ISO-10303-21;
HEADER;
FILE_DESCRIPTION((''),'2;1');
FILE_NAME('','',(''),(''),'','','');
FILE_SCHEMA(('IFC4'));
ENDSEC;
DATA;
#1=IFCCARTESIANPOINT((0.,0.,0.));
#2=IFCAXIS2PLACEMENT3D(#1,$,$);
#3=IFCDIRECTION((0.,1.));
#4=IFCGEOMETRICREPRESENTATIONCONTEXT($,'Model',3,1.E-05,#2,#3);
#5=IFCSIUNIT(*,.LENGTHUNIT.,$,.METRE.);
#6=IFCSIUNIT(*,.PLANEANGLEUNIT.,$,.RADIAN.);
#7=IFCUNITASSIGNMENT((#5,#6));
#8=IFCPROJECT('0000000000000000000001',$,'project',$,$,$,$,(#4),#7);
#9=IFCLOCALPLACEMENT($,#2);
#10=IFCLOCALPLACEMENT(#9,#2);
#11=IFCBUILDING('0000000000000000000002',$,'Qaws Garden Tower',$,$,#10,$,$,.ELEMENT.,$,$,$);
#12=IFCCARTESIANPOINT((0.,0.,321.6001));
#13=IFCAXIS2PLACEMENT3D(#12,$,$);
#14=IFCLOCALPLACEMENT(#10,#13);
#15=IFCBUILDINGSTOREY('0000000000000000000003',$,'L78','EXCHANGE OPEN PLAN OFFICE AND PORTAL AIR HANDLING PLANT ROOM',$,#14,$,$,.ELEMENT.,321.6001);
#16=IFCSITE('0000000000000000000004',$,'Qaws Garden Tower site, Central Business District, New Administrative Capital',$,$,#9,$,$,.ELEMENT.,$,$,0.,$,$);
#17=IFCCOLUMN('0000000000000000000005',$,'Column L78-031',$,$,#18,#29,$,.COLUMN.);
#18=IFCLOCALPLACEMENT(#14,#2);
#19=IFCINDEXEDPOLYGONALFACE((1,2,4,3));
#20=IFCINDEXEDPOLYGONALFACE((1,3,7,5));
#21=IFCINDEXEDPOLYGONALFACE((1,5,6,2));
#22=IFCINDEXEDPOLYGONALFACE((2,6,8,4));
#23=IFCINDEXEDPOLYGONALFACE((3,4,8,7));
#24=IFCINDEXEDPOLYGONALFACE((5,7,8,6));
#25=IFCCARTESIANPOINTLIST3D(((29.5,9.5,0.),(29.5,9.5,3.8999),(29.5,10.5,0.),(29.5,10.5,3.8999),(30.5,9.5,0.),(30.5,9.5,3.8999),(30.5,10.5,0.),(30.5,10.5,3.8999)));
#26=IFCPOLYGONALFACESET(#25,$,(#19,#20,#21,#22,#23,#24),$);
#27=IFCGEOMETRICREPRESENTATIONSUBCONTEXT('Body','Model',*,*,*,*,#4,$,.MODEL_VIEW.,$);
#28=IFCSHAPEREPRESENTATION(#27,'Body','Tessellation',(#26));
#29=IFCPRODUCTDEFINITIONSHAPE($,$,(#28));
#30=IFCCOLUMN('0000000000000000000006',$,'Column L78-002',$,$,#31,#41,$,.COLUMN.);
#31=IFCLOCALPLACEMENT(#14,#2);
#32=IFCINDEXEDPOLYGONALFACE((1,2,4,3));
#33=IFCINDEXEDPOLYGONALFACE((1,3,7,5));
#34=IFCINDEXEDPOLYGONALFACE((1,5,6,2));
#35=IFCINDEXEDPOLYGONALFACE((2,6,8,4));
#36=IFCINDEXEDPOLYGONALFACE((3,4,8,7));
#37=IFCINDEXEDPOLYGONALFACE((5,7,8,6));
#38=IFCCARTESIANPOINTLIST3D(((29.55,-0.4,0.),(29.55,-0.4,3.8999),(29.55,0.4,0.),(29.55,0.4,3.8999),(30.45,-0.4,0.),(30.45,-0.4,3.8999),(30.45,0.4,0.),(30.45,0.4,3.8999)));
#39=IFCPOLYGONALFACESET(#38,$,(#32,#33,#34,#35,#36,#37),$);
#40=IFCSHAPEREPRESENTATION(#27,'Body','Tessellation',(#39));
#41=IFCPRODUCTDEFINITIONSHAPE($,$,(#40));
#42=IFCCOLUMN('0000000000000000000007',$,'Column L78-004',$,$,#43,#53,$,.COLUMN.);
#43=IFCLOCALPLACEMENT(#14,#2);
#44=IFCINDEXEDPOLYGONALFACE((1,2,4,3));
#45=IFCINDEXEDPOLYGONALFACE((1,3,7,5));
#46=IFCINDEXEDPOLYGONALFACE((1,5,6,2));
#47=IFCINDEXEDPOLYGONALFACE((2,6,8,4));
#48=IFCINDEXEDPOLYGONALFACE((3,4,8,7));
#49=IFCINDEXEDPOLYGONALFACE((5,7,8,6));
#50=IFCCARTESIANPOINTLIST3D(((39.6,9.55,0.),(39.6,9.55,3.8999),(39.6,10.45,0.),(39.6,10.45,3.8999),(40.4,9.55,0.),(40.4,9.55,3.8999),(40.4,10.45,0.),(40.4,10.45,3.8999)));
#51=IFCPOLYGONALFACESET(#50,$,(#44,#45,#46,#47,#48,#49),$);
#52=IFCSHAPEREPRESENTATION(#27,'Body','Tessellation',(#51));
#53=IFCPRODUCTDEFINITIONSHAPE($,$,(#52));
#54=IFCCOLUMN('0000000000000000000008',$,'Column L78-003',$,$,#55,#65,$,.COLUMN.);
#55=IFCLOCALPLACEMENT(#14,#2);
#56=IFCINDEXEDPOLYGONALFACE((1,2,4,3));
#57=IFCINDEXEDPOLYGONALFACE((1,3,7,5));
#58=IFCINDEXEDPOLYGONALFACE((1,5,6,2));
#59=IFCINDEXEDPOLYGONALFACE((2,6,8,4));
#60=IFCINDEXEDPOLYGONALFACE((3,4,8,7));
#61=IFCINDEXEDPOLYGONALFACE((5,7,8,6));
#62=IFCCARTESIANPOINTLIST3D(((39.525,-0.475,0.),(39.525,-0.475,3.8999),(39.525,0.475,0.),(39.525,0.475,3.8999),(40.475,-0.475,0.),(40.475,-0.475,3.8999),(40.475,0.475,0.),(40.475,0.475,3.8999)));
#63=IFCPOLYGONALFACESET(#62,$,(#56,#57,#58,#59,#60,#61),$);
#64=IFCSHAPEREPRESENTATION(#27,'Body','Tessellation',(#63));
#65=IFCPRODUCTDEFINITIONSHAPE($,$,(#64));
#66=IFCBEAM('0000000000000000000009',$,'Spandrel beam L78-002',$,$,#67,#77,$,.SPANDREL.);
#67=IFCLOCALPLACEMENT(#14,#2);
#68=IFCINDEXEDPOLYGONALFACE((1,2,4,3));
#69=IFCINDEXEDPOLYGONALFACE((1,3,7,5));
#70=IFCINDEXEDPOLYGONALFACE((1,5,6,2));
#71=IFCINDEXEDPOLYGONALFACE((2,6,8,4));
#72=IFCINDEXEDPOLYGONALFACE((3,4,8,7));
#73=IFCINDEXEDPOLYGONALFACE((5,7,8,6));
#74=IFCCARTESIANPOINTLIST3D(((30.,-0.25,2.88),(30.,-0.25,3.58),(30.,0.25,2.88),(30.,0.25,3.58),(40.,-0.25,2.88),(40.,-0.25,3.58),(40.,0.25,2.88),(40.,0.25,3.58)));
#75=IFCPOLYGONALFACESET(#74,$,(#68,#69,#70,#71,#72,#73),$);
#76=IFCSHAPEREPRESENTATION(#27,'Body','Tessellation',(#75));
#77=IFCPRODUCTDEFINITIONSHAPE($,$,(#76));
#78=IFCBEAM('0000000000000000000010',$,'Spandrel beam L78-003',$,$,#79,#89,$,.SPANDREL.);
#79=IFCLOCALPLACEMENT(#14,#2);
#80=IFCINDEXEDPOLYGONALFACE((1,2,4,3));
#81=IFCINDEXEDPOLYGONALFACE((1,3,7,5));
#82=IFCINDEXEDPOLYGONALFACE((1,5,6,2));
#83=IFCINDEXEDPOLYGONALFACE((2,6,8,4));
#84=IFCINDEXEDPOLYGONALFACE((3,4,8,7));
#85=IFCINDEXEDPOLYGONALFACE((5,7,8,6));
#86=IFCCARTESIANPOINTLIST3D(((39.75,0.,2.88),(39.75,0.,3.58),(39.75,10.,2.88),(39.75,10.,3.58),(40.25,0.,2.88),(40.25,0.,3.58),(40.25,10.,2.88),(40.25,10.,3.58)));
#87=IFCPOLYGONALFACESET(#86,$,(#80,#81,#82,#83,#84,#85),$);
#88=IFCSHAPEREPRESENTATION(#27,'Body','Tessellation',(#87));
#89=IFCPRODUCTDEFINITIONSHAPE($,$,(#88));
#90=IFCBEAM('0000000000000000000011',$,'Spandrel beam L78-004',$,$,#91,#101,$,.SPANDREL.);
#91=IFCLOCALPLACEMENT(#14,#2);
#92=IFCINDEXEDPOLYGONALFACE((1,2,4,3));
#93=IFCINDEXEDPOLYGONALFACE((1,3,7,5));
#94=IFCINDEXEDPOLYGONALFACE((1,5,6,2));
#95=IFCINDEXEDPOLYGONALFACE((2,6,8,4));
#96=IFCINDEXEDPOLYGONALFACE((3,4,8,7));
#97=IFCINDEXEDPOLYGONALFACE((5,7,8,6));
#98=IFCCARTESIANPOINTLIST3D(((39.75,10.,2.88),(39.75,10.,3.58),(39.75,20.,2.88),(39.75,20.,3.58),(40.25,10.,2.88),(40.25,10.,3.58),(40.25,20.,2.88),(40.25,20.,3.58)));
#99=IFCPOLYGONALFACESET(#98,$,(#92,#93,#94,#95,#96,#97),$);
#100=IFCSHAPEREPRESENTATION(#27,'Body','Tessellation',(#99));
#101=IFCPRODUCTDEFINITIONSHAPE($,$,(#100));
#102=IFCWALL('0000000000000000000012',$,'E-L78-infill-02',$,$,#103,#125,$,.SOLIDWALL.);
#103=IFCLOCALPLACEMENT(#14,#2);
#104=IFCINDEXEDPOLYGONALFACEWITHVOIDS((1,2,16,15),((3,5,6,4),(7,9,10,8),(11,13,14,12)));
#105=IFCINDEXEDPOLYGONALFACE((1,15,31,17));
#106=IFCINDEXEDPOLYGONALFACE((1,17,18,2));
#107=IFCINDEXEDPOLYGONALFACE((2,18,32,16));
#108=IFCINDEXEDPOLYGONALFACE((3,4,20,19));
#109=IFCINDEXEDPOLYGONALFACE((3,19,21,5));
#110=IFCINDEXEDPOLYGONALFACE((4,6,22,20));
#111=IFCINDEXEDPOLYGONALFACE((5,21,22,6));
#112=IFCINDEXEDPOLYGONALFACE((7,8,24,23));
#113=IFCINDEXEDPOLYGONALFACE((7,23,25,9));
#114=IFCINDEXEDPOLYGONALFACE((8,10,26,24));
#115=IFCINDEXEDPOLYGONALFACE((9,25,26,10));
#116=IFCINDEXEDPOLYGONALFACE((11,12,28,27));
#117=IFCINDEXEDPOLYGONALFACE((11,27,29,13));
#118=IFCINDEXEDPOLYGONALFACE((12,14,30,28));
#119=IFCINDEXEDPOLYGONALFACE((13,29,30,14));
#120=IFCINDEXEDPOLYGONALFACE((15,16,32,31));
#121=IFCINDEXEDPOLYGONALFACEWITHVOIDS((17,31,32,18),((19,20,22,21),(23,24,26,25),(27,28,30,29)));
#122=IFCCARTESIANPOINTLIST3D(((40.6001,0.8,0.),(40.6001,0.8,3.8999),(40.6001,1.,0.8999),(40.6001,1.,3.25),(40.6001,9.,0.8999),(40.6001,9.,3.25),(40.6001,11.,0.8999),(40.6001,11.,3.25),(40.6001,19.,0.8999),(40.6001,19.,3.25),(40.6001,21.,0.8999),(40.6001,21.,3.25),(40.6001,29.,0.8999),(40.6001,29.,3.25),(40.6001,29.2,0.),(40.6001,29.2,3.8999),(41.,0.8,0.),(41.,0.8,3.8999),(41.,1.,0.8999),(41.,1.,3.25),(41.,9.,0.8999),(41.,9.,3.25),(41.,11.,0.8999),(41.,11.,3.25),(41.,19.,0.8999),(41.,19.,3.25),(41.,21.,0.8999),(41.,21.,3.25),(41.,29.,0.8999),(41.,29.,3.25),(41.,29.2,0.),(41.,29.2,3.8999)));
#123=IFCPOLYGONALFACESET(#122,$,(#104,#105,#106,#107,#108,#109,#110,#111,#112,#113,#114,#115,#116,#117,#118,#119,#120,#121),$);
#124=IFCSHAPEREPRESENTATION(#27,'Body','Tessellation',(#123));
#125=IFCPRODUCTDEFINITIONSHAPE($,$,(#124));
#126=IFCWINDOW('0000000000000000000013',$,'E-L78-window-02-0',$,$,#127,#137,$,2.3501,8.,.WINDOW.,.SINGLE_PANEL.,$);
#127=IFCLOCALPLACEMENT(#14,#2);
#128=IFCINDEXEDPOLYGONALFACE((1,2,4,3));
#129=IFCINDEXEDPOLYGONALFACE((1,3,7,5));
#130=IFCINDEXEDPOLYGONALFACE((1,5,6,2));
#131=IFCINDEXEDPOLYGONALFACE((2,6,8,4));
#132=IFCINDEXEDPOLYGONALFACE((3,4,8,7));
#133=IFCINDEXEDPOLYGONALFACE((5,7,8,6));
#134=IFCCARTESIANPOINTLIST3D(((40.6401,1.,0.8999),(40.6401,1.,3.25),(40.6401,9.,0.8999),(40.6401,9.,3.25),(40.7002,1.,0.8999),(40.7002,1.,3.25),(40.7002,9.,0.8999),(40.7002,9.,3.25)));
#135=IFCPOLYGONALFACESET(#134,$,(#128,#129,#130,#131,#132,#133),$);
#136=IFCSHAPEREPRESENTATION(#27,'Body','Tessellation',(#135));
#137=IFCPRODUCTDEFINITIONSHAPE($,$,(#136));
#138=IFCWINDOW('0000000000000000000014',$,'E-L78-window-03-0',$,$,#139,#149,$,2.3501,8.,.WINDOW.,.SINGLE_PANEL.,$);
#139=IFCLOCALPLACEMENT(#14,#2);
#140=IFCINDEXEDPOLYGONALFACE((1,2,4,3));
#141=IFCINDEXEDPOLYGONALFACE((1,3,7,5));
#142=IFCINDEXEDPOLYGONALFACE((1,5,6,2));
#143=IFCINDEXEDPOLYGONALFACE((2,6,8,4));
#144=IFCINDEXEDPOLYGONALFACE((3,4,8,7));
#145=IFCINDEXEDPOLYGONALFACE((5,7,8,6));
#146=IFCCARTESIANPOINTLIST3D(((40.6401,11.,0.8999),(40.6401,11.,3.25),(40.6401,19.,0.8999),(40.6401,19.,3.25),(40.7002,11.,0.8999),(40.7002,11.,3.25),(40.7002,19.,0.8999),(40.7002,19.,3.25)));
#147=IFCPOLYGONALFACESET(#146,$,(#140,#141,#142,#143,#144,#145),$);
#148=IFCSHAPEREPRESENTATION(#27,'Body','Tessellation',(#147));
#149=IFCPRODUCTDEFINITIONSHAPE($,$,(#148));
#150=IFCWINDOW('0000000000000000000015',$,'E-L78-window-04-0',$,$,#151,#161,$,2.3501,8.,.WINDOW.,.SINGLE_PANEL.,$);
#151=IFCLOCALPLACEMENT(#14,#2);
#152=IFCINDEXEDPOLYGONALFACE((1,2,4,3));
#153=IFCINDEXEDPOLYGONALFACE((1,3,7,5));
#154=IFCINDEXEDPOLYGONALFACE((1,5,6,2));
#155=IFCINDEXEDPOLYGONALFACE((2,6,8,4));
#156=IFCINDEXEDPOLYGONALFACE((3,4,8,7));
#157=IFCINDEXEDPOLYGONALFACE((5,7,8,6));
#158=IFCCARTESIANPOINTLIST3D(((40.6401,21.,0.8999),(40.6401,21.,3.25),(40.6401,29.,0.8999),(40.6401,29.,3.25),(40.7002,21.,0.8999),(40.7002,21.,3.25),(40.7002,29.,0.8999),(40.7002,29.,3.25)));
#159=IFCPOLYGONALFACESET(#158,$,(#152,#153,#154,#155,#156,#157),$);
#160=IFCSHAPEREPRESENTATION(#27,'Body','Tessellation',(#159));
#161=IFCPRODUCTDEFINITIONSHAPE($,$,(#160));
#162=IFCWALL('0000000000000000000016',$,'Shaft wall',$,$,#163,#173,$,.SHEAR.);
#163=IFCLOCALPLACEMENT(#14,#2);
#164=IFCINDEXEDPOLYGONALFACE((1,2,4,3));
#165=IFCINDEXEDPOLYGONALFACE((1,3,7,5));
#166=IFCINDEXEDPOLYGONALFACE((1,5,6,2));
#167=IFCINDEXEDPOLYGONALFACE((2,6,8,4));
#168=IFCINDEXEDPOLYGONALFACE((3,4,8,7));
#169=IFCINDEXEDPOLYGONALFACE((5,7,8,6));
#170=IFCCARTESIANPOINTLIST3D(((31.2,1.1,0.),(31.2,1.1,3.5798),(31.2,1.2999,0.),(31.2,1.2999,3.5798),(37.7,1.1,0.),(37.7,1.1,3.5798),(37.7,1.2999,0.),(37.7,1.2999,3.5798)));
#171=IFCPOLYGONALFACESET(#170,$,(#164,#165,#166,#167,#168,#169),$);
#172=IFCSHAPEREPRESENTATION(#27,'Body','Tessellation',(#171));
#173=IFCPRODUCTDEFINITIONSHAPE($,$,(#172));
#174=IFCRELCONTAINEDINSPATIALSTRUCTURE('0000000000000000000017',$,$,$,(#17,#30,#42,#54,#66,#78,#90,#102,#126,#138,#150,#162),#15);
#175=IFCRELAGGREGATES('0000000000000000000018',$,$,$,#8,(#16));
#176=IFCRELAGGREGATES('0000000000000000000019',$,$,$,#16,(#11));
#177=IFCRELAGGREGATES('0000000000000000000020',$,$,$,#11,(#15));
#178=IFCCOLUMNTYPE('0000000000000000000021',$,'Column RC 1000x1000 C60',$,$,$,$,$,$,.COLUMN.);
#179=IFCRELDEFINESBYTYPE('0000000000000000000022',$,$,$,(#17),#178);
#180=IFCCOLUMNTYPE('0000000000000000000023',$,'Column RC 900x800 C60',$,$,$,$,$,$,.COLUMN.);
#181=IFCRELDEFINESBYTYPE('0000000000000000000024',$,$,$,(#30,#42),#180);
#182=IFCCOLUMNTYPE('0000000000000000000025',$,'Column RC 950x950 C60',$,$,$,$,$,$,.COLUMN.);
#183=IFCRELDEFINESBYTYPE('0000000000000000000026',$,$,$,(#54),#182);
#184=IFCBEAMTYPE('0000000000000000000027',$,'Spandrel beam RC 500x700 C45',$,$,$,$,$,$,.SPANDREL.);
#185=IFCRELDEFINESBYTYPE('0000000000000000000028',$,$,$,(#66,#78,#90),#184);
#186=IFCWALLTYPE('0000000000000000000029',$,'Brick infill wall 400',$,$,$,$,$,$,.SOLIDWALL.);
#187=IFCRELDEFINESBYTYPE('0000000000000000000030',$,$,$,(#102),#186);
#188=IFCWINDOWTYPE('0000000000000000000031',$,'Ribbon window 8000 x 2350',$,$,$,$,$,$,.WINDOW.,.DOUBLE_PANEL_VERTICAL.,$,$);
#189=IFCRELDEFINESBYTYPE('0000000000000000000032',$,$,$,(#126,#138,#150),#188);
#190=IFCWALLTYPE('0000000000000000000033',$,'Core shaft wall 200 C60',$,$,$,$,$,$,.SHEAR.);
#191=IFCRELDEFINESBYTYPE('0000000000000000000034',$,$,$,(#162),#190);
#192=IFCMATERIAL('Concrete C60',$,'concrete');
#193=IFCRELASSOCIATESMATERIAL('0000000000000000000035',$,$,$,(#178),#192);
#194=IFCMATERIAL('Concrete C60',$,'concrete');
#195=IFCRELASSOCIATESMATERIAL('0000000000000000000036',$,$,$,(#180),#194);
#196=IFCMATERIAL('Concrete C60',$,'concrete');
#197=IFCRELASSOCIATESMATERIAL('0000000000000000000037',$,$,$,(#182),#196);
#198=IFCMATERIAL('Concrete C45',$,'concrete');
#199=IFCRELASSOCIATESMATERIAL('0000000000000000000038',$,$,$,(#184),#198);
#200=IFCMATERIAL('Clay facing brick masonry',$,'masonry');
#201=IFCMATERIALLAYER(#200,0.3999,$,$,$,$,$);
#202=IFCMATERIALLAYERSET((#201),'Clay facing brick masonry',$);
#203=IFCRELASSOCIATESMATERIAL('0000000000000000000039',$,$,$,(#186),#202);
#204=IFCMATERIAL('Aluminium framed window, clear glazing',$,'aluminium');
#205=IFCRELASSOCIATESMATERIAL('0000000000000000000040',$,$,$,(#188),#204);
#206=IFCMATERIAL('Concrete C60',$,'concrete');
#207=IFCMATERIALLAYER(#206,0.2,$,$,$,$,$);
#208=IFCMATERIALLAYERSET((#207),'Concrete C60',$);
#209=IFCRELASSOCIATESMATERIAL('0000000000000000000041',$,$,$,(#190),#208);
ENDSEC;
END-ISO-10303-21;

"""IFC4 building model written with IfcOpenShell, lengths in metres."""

from ifc_helpers import new_model, si_unit, direction, frame, frame_2d, origin, origin_2d, place, context, subcontext, project, spatial, rectangle, extrude, material, layer, layer_set, material_profile, profile_set, type_object, element, fill, save


model = new_model("IFC4")

# Units and contexts
model_context = context("Model", 3, precision=1e-05, world=origin(), true_north=direction((0.0, 1.0)))
body_context = subcontext(model_context, "Body", "Model", "MODEL_VIEW")
ifc_project = project(units=[si_unit("LENGTHUNIT", "METRE"), si_unit("PLANEANGLEUNIT", "RADIAN")], contexts=[model_context])

# Site, building, storey
site_placement = place(None, origin())
site = spatial("IfcSite", under=ifc_project, at=site_placement, Name="Qaws Garden Tower site, Central Business District, New Administrative Capital", CompositionType="ELEMENT", RefElevation=0.0)
building_placement = place(site_placement, origin())
building = spatial("IfcBuilding", under=site, at=building_placement, Name="Qaws Garden Tower", CompositionType="ELEMENT")
storey_placement = place(building_placement, frame((0.0, 0.0, 321.6001)))
storey = spatial("IfcBuildingStorey", under=building, at=storey_placement, Name="L78", Description="EXCHANGE OPEN PLAN OFFICE AND PORTAL AIR HANDLING PLANT ROOM", CompositionType="ELEMENT", Elevation=321.6001)

# Columns
ifc_material_1 = material(Name="Concrete C60", Category="concrete")
ifc_material_profile_1 = material_profile(ifc_material_1, rectangle(XDim=1.0, YDim=1.0, at=origin_2d()), Name="RC 1000x1000")
ifc_profile_set_1 = profile_set([ifc_material_profile_1], Name="Concrete C60")
column_type_1 = type_object("IfcColumnType", Name="Column RC 1000x1000 C60", PredefinedType="COLUMN", material=ifc_profile_set_1)
column_1_placement = place(storey_placement, frame((30.0, 10.0, 0.0), z_axis=(0.0, 0.0, 1.0), x_axis=(1.0, 0.0, 0.0)))
element("IfcColumn", 1, at=column_1_placement, inside=storey, type_object=column_type_1, Name="Column L78-031", PredefinedType="COLUMN", context=body_context, shape_type="SweptSolid", body=[
    extrude(rectangle(XDim=1.0, YDim=1.0, at=origin_2d()), origin(), (0.0, 0.0, 1.0), 3.8999),
])
ifc_material_2 = material(Name="Concrete C60", Category="concrete")
ifc_material_profile_2 = material_profile(ifc_material_2, rectangle(XDim=0.8999, YDim=0.8, at=origin_2d()), Name="RC 900x800")
ifc_profile_set_2 = profile_set([ifc_material_profile_2], Name="Concrete C60")
column_type_2 = type_object("IfcColumnType", Name="Column RC 900x800 C60", PredefinedType="COLUMN", material=ifc_profile_set_2)
for number, where, z_axis, x_axis, name in (
    (2, (30.0, 0.0, 0.0), (0.0, 0.0, 1.0), (1.0, 0.0, 0.0), "Column L78-002"),
    (3, (40.0, 10.0, 0.0), (0.0, 0.0, 1.0), (0.0, 1.0, 0.0), "Column L78-004"),
):
    element("IfcColumn", number, at=place(storey_placement, frame(where, z_axis=z_axis, x_axis=x_axis)), inside=storey, type_object=column_type_2, Name=name, PredefinedType="COLUMN", context=body_context, shape_type="SweptSolid", body=[
        extrude(rectangle(XDim=0.8999, YDim=0.8, at=origin_2d()), origin(), (0.0, 0.0, 1.0), 3.8999),
    ])
ifc_material_3 = material(Name="Concrete C60", Category="concrete")
ifc_material_profile_3 = material_profile(ifc_material_3, rectangle(XDim=0.95, YDim=0.95, at=origin_2d()), Name="RC 950x950")
ifc_profile_set_3 = profile_set([ifc_material_profile_3], Name="Concrete C60")
column_type_3 = type_object("IfcColumnType", Name="Column RC 950x950 C60", PredefinedType="COLUMN", material=ifc_profile_set_3)
column_2_placement = place(storey_placement, frame((40.0, 0.0, 0.0), z_axis=(0.0, 0.0, 1.0), x_axis=(1.0, 0.0, 0.0)))
element("IfcColumn", 4, at=column_2_placement, inside=storey, type_object=column_type_3, Name="Column L78-003", PredefinedType="COLUMN", context=body_context, shape_type="SweptSolid", body=[
    extrude(rectangle(XDim=0.95, YDim=0.95, at=origin_2d()), origin(), (0.0, 0.0, 1.0), 3.8999),
])

# Beams
ifc_material_4 = material(Name="Concrete C45", Category="concrete")
ifc_material_profile_4 = material_profile(ifc_material_4, rectangle(XDim=0.5, YDim=0.7, at=origin_2d()), Name="RC 500x700")
ifc_profile_set_4 = profile_set([ifc_material_profile_4], Name="Concrete C45")
beam_type = type_object("IfcBeamType", Name="Spandrel beam RC 500x700 C45", PredefinedType="SPANDREL", material=ifc_profile_set_4)
for number, where, z_axis, x_axis, name in (
    (5, (30.0, 0.0, 3.23), (1.0, 0.0, 0.0), (0.0, 1.0, 0.0), "Spandrel beam L78-002"),
    (6, (40.0, 0.0, 3.23), (0.0, 1.0, 0.0), (-1.0, 0.0, 0.0), "Spandrel beam L78-003"),
    (7, (40.0, 10.0, 3.23), (0.0, 1.0, 0.0), (-1.0, 0.0, 0.0), "Spandrel beam L78-004"),
):
    element("IfcBeam", number, at=place(storey_placement, frame(where, z_axis=z_axis, x_axis=x_axis)), inside=storey, type_object=beam_type, Name=name, PredefinedType="SPANDREL", context=body_context, shape_type="SweptSolid", body=[
        extrude(rectangle(XDim=0.5, YDim=0.7, at=origin_2d()), origin(), (0.0, 0.0, 1.0), 10.0),
    ])

# Wall, openings, windows
ifc_material_5 = material(Name="Clay facing brick masonry", Category="masonry")
ifc_layer_1 = layer(ifc_material_5, 0.3999)
ifc_layer_set_1 = layer_set([ifc_layer_1], Name="Clay facing brick masonry")
wall_type_1 = type_object("IfcWallType", Name="Brick infill wall 400", PredefinedType="SOLIDWALL", material=ifc_layer_set_1)
wall_1_placement = place(storey_placement, frame((40.8, 0.8, 0.0), z_axis=(0.0, 0.0, 1.0), x_axis=(0.0, 1.0, 0.0)))
wall_1 = element("IfcWall", 8, at=wall_1_placement, inside=storey, type_object=wall_type_1, Name="E-L78-infill-02", PredefinedType="SOLIDWALL", context=body_context, shape_type="SweptSolid", body=[
    extrude(rectangle(XDim=28.3999, YDim=0.3999, at=frame_2d((14.2, 0.0))), origin(), (0.0, 0.0, 1.0), 3.8999),
])
opening_1_placement = place(wall_1_placement, frame((0.2, 0.0, 0.8999)))
opening_1 = element("IfcOpeningElement", 9, at=opening_1_placement, cuts=wall_1, PredefinedType="OPENING", context=body_context, shape_type="SweptSolid", body=[
    extrude(rectangle(XDim=8.0, YDim=2.3501, at=frame_2d((4.0, 1.175))), frame((0.0, 0.21, 0.0), z_axis=(0.0, -1.0, 0.0), x_axis=(1.0, 0.0, 0.0)), (0.0, 0.0, 1.0), 0.4199),
])
opening_2_placement = place(wall_1_placement, frame((10.2, 0.0, 0.8999)))
opening_2 = element("IfcOpeningElement", 10, at=opening_2_placement, cuts=wall_1, PredefinedType="OPENING", context=body_context, shape_type="SweptSolid", body=[
    extrude(rectangle(XDim=8.0, YDim=2.3501, at=frame_2d((4.0, 1.175))), frame((0.0, 0.21, 0.0), z_axis=(0.0, -1.0, 0.0), x_axis=(1.0, 0.0, 0.0)), (0.0, 0.0, 1.0), 0.4199),
])
opening_3_placement = place(wall_1_placement, frame((20.2, 0.0, 0.8999)))
opening_3 = element("IfcOpeningElement", 11, at=opening_3_placement, cuts=wall_1, PredefinedType="OPENING", context=body_context, shape_type="SweptSolid", body=[
    extrude(rectangle(XDim=8.0, YDim=2.3501, at=frame_2d((4.0, 1.175))), frame((0.0, 0.21, 0.0), z_axis=(0.0, -1.0, 0.0), x_axis=(1.0, 0.0, 0.0)), (0.0, 0.0, 1.0), 0.4199),
])
ifc_material_6 = material(Name="Aluminium framed window, clear glazing", Category="aluminium")
window_type = type_object("IfcWindowType", Name="Ribbon window 8000 x 2350", PartitioningType="DOUBLE_PANEL_VERTICAL", PredefinedType="WINDOW", material=ifc_material_6)
window_1_placement = place(opening_1_placement, origin())
window_1 = element("IfcWindow", 12, at=window_1_placement, inside=storey, type_object=window_type, Name="E-L78-window-02-0", OverallHeight=2.3501, OverallWidth=8.0, PartitioningType="SINGLE_PANEL", PredefinedType="WINDOW", context=body_context, shape_type="SweptSolid", body=[
    extrude(rectangle(XDim=8.0, YDim=2.3501, at=frame_2d((4.0, 1.175))), frame((0.0, 0.1599, 0.0), z_axis=(0.0, -1.0, 0.0), x_axis=(1.0, 0.0, 0.0)), (0.0, 0.0, 1.0), 0.0601),
])
fill(opening_1, window_1)
window_2_placement = place(opening_2_placement, origin())
window_2 = element("IfcWindow", 13, at=window_2_placement, inside=storey, type_object=window_type, Name="E-L78-window-03-0", OverallHeight=2.3501, OverallWidth=8.0, PartitioningType="SINGLE_PANEL", PredefinedType="WINDOW", context=body_context, shape_type="SweptSolid", body=[
    extrude(rectangle(XDim=8.0, YDim=2.3501, at=frame_2d((4.0, 1.175))), frame((0.0, 0.1599, 0.0), z_axis=(0.0, -1.0, 0.0), x_axis=(1.0, 0.0, 0.0)), (0.0, 0.0, 1.0), 0.0601),
])
fill(opening_2, window_2)
window_3_placement = place(opening_3_placement, origin())
window_3 = element("IfcWindow", 14, at=window_3_placement, inside=storey, type_object=window_type, Name="E-L78-window-04-0", OverallHeight=2.3501, OverallWidth=8.0, PartitioningType="SINGLE_PANEL", PredefinedType="WINDOW", context=body_context, shape_type="SweptSolid", body=[
    extrude(rectangle(XDim=8.0, YDim=2.3501, at=frame_2d((4.0, 1.175))), frame((0.0, 0.1599, 0.0), z_axis=(0.0, -1.0, 0.0), x_axis=(1.0, 0.0, 0.0)), (0.0, 0.0, 1.0), 0.0601),
])
fill(opening_3, window_3)

# Wall
ifc_material_7 = material(Name="Concrete C60", Category="concrete")
ifc_layer_2 = layer(ifc_material_7, 0.2)
ifc_layer_set_2 = layer_set([ifc_layer_2], Name="Concrete C60")
wall_type_2 = type_object("IfcWallType", Name="Core shaft wall 200 C60", PredefinedType="SHEAR", material=ifc_layer_set_2)
wall_2_placement = place(storey_placement, frame((31.2, 1.2, 0.0), z_axis=(0.0, 0.0, 1.0), x_axis=(1.0, 0.0, 0.0)))
element("IfcWall", 15, at=wall_2_placement, inside=storey, type_object=wall_type_2, Name="Shaft wall", PredefinedType="SHEAR", context=body_context, shape_type="SweptSolid", body=[
    extrude(rectangle(XDim=6.5, YDim=0.2, at=frame_2d((3.25, 0.0))), origin(), (0.0, 0.0, 1.0), 3.5798),
])

save(model, "model.ifc")
